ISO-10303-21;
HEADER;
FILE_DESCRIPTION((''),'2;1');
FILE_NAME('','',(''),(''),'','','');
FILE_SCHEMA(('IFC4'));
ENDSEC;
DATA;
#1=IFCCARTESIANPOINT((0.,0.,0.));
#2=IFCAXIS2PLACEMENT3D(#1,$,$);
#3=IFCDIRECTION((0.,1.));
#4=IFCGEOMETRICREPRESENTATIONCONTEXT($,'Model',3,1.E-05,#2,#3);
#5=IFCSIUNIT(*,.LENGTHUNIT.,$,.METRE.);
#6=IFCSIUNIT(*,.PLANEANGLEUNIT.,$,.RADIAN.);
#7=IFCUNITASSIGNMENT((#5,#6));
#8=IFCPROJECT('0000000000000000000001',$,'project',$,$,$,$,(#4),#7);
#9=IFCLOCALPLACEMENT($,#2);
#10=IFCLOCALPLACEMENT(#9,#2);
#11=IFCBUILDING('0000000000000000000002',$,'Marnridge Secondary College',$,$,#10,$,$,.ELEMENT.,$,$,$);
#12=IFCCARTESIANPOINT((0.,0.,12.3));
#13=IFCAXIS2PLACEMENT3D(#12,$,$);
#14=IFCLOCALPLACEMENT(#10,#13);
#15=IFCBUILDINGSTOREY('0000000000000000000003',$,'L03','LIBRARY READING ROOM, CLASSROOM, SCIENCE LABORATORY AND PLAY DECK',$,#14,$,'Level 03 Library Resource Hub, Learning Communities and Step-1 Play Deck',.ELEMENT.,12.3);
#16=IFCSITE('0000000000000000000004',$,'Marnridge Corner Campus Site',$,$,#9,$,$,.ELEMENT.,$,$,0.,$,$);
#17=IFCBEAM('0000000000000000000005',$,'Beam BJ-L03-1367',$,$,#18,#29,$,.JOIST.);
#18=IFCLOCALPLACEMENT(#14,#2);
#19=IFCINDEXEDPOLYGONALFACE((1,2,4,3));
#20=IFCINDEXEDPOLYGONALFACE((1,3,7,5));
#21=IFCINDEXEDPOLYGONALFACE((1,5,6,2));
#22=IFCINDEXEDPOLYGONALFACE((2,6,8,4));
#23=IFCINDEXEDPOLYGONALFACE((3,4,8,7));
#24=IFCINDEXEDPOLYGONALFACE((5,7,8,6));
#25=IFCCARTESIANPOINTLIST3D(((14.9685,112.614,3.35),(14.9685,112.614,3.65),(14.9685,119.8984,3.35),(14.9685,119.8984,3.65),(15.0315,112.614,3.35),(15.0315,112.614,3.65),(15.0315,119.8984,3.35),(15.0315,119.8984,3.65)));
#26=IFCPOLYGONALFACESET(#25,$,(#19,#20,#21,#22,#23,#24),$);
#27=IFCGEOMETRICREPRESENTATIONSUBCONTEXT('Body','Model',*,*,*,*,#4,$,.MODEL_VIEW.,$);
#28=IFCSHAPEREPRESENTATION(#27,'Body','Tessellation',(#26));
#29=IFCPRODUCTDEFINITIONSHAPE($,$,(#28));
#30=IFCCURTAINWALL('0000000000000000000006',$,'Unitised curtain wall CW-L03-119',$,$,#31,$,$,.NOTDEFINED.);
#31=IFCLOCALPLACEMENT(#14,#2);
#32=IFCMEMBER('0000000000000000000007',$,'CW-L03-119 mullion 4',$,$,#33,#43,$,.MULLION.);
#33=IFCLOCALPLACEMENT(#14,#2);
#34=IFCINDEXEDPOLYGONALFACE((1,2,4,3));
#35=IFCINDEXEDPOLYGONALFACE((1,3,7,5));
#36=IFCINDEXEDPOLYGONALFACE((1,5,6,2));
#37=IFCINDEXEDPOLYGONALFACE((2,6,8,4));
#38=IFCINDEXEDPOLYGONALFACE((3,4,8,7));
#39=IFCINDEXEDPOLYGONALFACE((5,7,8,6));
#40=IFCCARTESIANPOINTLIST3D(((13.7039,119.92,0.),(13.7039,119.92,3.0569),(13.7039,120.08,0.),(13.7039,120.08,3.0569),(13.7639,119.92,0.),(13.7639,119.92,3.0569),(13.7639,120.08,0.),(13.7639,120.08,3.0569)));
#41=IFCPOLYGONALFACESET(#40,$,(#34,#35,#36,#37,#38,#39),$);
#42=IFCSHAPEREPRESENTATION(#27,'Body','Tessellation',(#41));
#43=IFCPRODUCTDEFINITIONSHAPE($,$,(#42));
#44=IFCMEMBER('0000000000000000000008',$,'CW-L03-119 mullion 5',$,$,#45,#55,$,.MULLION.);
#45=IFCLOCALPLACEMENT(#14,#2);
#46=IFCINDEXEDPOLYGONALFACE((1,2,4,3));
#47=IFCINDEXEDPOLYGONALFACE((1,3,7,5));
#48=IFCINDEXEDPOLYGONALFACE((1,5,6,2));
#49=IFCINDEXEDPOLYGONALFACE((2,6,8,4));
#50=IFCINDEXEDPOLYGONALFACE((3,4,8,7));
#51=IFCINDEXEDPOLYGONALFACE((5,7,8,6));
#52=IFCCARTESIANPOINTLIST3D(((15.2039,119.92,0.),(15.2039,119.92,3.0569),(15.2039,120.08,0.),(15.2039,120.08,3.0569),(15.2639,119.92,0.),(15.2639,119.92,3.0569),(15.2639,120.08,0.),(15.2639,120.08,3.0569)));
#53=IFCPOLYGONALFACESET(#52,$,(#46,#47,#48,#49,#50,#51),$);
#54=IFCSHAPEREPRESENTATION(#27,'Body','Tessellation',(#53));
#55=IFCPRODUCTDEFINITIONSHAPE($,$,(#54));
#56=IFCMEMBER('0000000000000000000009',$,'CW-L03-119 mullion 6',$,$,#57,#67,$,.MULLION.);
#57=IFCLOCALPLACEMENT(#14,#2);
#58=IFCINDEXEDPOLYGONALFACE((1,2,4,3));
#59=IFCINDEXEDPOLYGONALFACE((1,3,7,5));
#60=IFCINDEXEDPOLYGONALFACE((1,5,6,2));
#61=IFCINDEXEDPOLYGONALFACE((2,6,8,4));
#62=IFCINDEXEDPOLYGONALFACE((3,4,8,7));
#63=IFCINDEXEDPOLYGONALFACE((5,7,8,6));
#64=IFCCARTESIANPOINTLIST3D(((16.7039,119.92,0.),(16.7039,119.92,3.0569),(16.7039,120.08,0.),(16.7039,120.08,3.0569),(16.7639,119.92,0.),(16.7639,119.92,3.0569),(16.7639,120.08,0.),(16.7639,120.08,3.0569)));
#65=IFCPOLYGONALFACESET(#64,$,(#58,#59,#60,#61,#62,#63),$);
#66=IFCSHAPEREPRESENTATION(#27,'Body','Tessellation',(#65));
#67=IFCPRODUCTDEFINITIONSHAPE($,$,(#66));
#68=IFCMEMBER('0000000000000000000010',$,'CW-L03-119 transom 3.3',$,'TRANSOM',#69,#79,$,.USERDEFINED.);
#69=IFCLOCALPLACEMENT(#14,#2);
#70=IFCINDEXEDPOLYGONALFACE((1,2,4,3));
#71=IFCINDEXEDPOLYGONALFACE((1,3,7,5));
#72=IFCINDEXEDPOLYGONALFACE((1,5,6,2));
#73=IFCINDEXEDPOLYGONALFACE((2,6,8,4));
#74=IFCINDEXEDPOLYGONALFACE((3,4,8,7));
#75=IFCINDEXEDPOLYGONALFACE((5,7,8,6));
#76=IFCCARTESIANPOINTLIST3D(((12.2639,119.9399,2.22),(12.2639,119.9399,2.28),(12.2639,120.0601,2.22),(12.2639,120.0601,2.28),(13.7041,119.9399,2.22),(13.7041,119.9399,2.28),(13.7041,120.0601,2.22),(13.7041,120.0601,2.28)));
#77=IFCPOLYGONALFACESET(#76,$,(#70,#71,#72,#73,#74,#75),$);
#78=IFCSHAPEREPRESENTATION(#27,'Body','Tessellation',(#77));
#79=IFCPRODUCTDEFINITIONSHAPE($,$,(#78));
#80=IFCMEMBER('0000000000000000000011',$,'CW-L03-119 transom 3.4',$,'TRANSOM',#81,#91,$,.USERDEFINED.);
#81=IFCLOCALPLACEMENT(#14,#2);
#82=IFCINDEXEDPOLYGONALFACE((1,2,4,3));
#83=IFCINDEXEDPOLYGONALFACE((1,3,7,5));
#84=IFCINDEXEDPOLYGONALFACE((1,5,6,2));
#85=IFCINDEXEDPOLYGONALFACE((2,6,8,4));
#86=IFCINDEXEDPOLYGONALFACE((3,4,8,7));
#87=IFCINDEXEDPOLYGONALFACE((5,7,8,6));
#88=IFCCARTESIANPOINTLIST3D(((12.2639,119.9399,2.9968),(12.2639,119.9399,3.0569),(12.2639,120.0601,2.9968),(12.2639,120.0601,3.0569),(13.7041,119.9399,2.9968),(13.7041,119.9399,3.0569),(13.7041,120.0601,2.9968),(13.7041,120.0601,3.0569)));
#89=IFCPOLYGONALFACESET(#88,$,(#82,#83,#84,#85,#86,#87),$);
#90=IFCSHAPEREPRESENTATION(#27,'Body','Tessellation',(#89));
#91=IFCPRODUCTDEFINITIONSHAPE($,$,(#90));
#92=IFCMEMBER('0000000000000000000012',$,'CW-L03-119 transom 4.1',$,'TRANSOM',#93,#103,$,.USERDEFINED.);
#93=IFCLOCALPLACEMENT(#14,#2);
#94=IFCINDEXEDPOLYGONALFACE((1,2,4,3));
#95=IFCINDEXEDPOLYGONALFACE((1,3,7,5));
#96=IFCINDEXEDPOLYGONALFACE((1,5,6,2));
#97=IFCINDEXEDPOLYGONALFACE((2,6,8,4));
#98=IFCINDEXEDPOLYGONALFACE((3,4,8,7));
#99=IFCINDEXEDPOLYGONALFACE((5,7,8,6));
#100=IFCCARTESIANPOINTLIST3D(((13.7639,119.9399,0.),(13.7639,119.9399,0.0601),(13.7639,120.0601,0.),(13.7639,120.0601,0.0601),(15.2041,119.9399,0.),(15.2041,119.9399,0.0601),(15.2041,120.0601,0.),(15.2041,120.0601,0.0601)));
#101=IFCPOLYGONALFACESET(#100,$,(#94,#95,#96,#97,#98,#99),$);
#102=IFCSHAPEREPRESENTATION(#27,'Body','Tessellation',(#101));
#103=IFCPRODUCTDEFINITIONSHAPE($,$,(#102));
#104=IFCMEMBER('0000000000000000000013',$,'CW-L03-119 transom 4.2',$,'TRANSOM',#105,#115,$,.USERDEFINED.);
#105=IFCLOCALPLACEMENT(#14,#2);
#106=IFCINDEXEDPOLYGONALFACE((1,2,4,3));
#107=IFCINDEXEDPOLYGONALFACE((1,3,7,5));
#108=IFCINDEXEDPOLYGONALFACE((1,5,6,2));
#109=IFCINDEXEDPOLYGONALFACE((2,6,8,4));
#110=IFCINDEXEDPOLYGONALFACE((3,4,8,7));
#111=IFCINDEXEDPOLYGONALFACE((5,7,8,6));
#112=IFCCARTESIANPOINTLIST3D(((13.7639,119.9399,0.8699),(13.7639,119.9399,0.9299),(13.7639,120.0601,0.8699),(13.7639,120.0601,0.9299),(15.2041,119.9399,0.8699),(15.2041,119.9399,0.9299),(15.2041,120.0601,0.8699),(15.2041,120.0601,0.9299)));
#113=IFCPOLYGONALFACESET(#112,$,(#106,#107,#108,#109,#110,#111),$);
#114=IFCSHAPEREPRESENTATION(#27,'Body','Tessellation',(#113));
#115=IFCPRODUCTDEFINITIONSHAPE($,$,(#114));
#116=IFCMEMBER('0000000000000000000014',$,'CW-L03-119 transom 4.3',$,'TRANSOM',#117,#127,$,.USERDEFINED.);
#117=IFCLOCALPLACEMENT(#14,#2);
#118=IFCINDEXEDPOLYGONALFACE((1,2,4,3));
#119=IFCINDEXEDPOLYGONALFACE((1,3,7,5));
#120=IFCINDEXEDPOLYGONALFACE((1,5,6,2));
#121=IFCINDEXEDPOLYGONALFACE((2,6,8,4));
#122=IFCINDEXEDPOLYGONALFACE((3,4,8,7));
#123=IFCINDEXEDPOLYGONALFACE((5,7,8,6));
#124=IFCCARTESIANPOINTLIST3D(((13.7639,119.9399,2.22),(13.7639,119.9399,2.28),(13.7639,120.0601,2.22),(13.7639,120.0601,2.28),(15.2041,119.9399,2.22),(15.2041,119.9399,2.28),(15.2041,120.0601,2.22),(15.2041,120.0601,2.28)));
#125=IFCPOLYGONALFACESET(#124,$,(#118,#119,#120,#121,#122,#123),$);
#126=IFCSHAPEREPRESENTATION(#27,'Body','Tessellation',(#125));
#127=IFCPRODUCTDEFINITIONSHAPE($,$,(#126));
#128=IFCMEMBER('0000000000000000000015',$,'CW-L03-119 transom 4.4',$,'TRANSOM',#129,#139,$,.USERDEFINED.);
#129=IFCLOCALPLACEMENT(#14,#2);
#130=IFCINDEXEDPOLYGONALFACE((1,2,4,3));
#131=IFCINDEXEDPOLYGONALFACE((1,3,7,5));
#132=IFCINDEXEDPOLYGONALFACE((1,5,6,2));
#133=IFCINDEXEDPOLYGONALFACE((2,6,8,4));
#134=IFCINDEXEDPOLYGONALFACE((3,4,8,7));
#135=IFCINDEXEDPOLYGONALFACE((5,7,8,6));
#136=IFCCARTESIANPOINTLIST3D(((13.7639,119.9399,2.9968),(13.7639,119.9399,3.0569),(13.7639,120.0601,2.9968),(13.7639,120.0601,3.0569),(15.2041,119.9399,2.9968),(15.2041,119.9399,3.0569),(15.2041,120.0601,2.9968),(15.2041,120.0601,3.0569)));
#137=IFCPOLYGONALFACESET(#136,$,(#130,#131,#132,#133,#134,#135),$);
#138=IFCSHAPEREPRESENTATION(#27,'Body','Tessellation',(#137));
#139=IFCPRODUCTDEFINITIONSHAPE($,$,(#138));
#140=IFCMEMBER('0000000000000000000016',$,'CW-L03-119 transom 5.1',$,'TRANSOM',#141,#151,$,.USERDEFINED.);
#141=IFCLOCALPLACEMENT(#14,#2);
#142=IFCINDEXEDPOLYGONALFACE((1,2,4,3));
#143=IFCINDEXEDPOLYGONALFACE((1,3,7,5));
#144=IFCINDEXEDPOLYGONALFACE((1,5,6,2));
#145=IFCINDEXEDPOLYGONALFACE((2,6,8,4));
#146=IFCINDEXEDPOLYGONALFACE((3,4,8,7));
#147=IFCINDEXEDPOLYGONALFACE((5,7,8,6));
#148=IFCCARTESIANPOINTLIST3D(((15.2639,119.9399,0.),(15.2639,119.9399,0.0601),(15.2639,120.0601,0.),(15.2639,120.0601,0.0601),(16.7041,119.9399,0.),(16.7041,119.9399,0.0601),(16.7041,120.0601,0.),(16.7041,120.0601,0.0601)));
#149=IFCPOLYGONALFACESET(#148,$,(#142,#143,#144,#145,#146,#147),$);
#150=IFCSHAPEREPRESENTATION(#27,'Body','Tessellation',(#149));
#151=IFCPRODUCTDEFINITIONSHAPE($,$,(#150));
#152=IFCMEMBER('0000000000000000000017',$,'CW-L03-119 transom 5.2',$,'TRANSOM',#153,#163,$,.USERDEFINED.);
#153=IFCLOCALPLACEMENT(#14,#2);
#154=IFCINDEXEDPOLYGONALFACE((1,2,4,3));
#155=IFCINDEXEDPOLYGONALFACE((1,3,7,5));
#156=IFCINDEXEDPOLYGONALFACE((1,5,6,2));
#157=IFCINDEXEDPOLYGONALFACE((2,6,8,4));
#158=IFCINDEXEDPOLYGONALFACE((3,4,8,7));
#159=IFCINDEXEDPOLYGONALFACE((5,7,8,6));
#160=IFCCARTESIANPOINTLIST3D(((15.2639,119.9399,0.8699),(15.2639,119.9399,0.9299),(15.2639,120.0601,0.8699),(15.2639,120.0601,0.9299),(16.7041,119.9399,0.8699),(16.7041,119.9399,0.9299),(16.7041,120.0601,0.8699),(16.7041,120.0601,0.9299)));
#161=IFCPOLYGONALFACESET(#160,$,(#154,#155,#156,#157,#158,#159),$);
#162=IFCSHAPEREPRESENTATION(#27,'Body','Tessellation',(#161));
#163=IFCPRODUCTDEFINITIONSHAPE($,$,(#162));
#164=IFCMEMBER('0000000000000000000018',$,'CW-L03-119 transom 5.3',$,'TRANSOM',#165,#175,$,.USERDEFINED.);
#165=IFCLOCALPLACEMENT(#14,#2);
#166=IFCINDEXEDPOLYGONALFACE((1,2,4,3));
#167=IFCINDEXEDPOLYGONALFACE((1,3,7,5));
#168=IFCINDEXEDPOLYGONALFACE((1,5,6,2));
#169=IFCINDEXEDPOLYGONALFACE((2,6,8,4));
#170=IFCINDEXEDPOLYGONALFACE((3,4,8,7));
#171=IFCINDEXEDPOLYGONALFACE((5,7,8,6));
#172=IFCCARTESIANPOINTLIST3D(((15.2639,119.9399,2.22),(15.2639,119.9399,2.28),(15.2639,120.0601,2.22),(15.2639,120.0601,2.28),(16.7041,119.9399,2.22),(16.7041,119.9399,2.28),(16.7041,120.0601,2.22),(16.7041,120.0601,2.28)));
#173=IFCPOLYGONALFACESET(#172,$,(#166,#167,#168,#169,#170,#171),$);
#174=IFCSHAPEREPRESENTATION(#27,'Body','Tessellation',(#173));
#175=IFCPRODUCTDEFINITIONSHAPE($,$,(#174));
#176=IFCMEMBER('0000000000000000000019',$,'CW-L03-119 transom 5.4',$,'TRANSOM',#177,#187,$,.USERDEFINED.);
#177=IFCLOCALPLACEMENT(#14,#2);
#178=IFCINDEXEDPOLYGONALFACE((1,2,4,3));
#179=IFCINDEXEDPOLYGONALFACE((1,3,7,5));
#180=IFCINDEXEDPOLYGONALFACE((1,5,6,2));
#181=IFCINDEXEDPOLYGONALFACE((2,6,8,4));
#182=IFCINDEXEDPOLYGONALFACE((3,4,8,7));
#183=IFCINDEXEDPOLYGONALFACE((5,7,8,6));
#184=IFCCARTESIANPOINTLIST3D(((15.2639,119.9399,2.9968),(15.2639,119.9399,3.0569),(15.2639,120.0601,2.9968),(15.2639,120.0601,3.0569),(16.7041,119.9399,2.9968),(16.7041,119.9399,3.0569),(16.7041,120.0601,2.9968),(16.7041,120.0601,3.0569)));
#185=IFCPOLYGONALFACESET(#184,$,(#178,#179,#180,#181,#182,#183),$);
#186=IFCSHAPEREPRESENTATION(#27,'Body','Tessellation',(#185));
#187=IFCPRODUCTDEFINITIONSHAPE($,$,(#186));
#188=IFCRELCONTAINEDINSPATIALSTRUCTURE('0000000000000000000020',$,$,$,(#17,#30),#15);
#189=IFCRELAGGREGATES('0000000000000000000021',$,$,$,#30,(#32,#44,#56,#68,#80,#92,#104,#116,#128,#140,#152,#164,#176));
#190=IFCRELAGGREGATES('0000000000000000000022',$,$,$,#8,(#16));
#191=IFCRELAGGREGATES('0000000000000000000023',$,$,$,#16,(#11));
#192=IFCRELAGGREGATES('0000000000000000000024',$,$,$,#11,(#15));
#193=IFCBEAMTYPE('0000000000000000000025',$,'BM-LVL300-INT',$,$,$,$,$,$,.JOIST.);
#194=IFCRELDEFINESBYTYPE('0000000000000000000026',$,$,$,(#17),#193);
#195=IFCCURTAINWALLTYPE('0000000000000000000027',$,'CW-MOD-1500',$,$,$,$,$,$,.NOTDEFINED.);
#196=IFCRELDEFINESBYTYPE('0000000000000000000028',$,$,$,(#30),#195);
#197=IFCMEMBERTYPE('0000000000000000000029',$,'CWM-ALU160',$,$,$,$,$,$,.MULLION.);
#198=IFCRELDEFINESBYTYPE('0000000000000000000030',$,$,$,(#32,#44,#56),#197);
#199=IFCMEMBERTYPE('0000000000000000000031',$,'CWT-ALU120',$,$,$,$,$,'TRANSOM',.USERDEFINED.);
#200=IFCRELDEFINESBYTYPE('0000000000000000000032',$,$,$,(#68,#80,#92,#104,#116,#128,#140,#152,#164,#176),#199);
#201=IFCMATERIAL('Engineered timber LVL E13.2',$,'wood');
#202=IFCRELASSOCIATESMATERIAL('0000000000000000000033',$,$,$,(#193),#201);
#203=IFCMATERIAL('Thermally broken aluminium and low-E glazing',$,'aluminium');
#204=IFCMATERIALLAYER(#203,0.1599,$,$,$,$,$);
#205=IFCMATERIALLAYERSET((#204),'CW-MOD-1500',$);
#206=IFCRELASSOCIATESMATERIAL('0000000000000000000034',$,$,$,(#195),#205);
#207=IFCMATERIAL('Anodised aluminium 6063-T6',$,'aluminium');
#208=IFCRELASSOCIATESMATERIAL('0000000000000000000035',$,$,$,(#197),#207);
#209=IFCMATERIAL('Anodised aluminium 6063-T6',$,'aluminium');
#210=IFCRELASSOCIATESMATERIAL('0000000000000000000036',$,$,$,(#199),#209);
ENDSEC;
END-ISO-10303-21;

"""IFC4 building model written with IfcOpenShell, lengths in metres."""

from ifc_helpers import new_model, si_unit, direction, frame, origin, origin_2d, place, context, subcontext, project, spatial, rectangle, extrude, material, layer, layer_set, material_profile, profile_set, type_object, element, aggregate, save


model = new_model("IFC4")

# Units and contexts
model_context = context("Model", 3, precision=1e-05, world=origin(), true_north=direction((0.0, 1.0)))
body_context = subcontext(model_context, "Body", "Model", "MODEL_VIEW")
ifc_project = project(units=[si_unit("LENGTHUNIT", "METRE"), si_unit("PLANEANGLEUNIT", "RADIAN")], contexts=[model_context])

# Site, building, storey
site_placement = place(None, origin())
site = spatial("IfcSite", under=ifc_project, at=site_placement, Name="Marnridge Corner Campus Site", CompositionType="ELEMENT", RefElevation=0.0)
building_placement = place(site_placement, origin())
building = spatial("IfcBuilding", under=site, at=building_placement, Name="Marnridge Secondary College", CompositionType="ELEMENT")
storey_placement = place(building_placement, frame((0.0, 0.0, 12.3)))
storey = spatial("IfcBuildingStorey", under=building, at=storey_placement, Name="L03", Description="LIBRARY READING ROOM, CLASSROOM, SCIENCE LABORATORY AND PLAY DECK", LongName="Level 03 Library Resource Hub, Learning Communities and Step-1 Play Deck", CompositionType="ELEMENT", Elevation=12.3)

# Beam
ifc_material_1 = material(Name="Engineered timber LVL E13.2", Category="wood")
ifc_material_profile_1 = material_profile(ifc_material_1, rectangle(XDim=0.063, YDim=0.3, at=origin_2d()), Name="LVL 63x300")
ifc_profile_set_1 = profile_set([ifc_material_profile_1], Name="Engineered timber LVL E13.2")
beam_type = type_object("IfcBeamType", Name="BM-LVL300-INT", PredefinedType="JOIST", material=ifc_profile_set_1)
beam_placement = place(storey_placement, frame((15.0, 112.614, 3.5), z_axis=(0.0, 1.0, 0.0), x_axis=(-1.0, 0.0, 0.0)))
element("IfcBeam", 1, at=beam_placement, inside=storey, type_object=beam_type, Name="Beam BJ-L03-1367", PredefinedType="JOIST", context=body_context, shape_type="SweptSolid", body=[
    extrude(rectangle(XDim=0.063, YDim=0.3, at=origin_2d()), origin(), (0.0, 0.0, 1.0), 7.2844),
])

# Curtain wall, members
ifc_material_2 = material(Name="Thermally broken aluminium and low-E glazing", Category="aluminium")
ifc_layer_1 = layer(ifc_material_2, 0.1599)
ifc_layer_set_1 = layer_set([ifc_layer_1], Name="CW-MOD-1500")
curtain_wall_type = type_object("IfcCurtainWallType", Name="CW-MOD-1500", PredefinedType="NOTDEFINED", material=ifc_layer_set_1)
curtain_wall_placement = place(storey_placement, origin())
curtain_wall = element("IfcCurtainWall", 2, at=curtain_wall_placement, inside=storey, type_object=curtain_wall_type, Name="Unitised curtain wall CW-L03-119", PredefinedType="NOTDEFINED")
ifc_material_3 = material(Name="Anodised aluminium 6063-T6", Category="aluminium")
ifc_material_profile_2 = material_profile(ifc_material_3, rectangle(XDim=0.0601, YDim=0.1599, at=origin_2d()), Name="ALU 60x160")
ifc_profile_set_2 = profile_set([ifc_material_profile_2], Name="Anodised aluminium 6063-T6")
member_type_1 = type_object("IfcMemberType", Name="CWM-ALU160", PredefinedType="MULLION", material=ifc_profile_set_2)
member_1_placement = place(storey_placement, frame((13.7339, 120.0, 0.0), z_axis=(0.0, 0.0, 1.0), x_axis=(1.0, 0.0, 0.0)))
member_1 = element("IfcMember", 3, at=member_1_placement, type_object=member_type_1, Name="CW-L03-119 mullion 4", PredefinedType="MULLION", context=body_context, shape_type="SweptSolid", body=[
    extrude(rectangle(XDim=0.0601, YDim=0.1599, at=origin_2d()), origin(), (0.0, 0.0, 1.0), 3.0569),
])
member_2_placement = place(storey_placement, frame((15.2339, 120.0, 0.0), z_axis=(0.0, 0.0, 1.0), x_axis=(1.0, 0.0, 0.0)))
member_2 = element("IfcMember", 4, at=member_2_placement, type_object=member_type_1, Name="CW-L03-119 mullion 5", PredefinedType="MULLION", context=body_context, shape_type="SweptSolid", body=[
    extrude(rectangle(XDim=0.0601, YDim=0.1599, at=origin_2d()), origin(), (0.0, 0.0, 1.0), 3.0569),
])
member_3_placement = place(storey_placement, frame((16.7339, 120.0, 0.0), z_axis=(0.0, 0.0, 1.0), x_axis=(1.0, 0.0, 0.0)))
member_3 = element("IfcMember", 5, at=member_3_placement, type_object=member_type_1, Name="CW-L03-119 mullion 6", PredefinedType="MULLION", context=body_context, shape_type="SweptSolid", body=[
    extrude(rectangle(XDim=0.0601, YDim=0.1599, at=origin_2d()), origin(), (0.0, 0.0, 1.0), 3.0569),
])
ifc_material_4 = material(Name="Anodised aluminium 6063-T6", Category="aluminium")
ifc_material_profile_3 = material_profile(ifc_material_4, rectangle(XDim=0.0601, YDim=0.1201, at=origin_2d()), Name="ALU 60x120")
ifc_profile_set_3 = profile_set([ifc_material_profile_3], Name="Anodised aluminium 6063-T6")
member_type_2 = type_object("IfcMemberType", Name="CWT-ALU120", ElementType="TRANSOM", PredefinedType="USERDEFINED", material=ifc_profile_set_3)
member_4_placement = place(storey_placement, frame((12.2639, 120.0, 2.25), z_axis=(1.0, 0.0, 0.0), x_axis=(0.0, 0.0, 1.0)))
member_4 = element("IfcMember", 6, at=member_4_placement, type_object=member_type_2, Name="CW-L03-119 transom 3.3", ObjectType="TRANSOM", PredefinedType="USERDEFINED", context=body_context, shape_type="SweptSolid", body=[
    extrude(rectangle(XDim=0.0601, YDim=0.1201, at=origin_2d()), origin(), (0.0, 0.0, 1.0), 1.4402),
])
member_5_placement = place(storey_placement, frame((12.2639, 120.0, 3.0269), z_axis=(1.0, 0.0, 0.0), x_axis=(0.0, 0.0, 1.0)))
member_5 = element("IfcMember", 7, at=member_5_placement, type_object=member_type_2, Name="CW-L03-119 transom 3.4", ObjectType="TRANSOM", PredefinedType="USERDEFINED", context=body_context, shape_type="SweptSolid", body=[
    extrude(rectangle(XDim=0.0601, YDim=0.1201, at=origin_2d()), origin(), (0.0, 0.0, 1.0), 1.4402),
])
member_6_placement = place(storey_placement, frame((13.7639, 120.0, 0.03), z_axis=(1.0, 0.0, 0.0), x_axis=(0.0, 0.0, 1.0)))
member_6 = element("IfcMember", 8, at=member_6_placement, type_object=member_type_2, Name="CW-L03-119 transom 4.1", ObjectType="TRANSOM", PredefinedType="USERDEFINED", context=body_context, shape_type="SweptSolid", body=[
    extrude(rectangle(XDim=0.0601, YDim=0.1201, at=origin_2d()), origin(), (0.0, 0.0, 1.0), 1.4402),
])
member_7_placement = place(storey_placement, frame((13.7639, 120.0, 0.8999), z_axis=(1.0, 0.0, 0.0), x_axis=(0.0, 0.0, 1.0)))
member_7 = element("IfcMember", 9, at=member_7_placement, type_object=member_type_2, Name="CW-L03-119 transom 4.2", ObjectType="TRANSOM", PredefinedType="USERDEFINED", context=body_context, shape_type="SweptSolid", body=[
    extrude(rectangle(XDim=0.0601, YDim=0.1201, at=origin_2d()), origin(), (0.0, 0.0, 1.0), 1.4402),
])
member_8_placement = place(storey_placement, frame((13.7639, 120.0, 2.25), z_axis=(1.0, 0.0, 0.0), x_axis=(0.0, 0.0, 1.0)))
member_8 = element("IfcMember", 10, at=member_8_placement, type_object=member_type_2, Name="CW-L03-119 transom 4.3", ObjectType="TRANSOM", PredefinedType="USERDEFINED", context=body_context, shape_type="SweptSolid", body=[
    extrude(rectangle(XDim=0.0601, YDim=0.1201, at=origin_2d()), origin(), (0.0, 0.0, 1.0), 1.4402),
])
member_9_placement = place(storey_placement, frame((13.7639, 120.0, 3.0269), z_axis=(1.0, 0.0, 0.0), x_axis=(0.0, 0.0, 1.0)))
member_9 = element("IfcMember", 11, at=member_9_placement, type_object=member_type_2, Name="CW-L03-119 transom 4.4", ObjectType="TRANSOM", PredefinedType="USERDEFINED", context=body_context, shape_type="SweptSolid", body=[
    extrude(rectangle(XDim=0.0601, YDim=0.1201, at=origin_2d()), origin(), (0.0, 0.0, 1.0), 1.4402),
])
member_10_placement = place(storey_placement, frame((15.2639, 120.0, 0.03), z_axis=(1.0, 0.0, 0.0), x_axis=(0.0, 0.0, 1.0)))
member_10 = element("IfcMember", 12, at=member_10_placement, type_object=member_type_2, Name="CW-L03-119 transom 5.1", ObjectType="TRANSOM", PredefinedType="USERDEFINED", context=body_context, shape_type="SweptSolid", body=[
    extrude(rectangle(XDim=0.0601, YDim=0.1201, at=origin_2d()), origin(), (0.0, 0.0, 1.0), 1.4402),
])
member_11_placement = place(storey_placement, frame((15.2639, 120.0, 0.8999), z_axis=(1.0, 0.0, 0.0), x_axis=(0.0, 0.0, 1.0)))
member_11 = element("IfcMember", 13, at=member_11_placement, type_object=member_type_2, Name="CW-L03-119 transom 5.2", ObjectType="TRANSOM", PredefinedType="USERDEFINED", context=body_context, shape_type="SweptSolid", body=[
    extrude(rectangle(XDim=0.0601, YDim=0.1201, at=origin_2d()), origin(), (0.0, 0.0, 1.0), 1.4402),
])
member_12_placement = place(storey_placement, frame((15.2639, 120.0, 2.25), z_axis=(1.0, 0.0, 0.0), x_axis=(0.0, 0.0, 1.0)))
member_12 = element("IfcMember", 14, at=member_12_placement, type_object=member_type_2, Name="CW-L03-119 transom 5.3", ObjectType="TRANSOM", PredefinedType="USERDEFINED", context=body_context, shape_type="SweptSolid", body=[
    extrude(rectangle(XDim=0.0601, YDim=0.1201, at=origin_2d()), origin(), (0.0, 0.0, 1.0), 1.4402),
])
member_13_placement = place(storey_placement, frame((15.2639, 120.0, 3.0269), z_axis=(1.0, 0.0, 0.0), x_axis=(0.0, 0.0, 1.0)))
member_13 = element("IfcMember", 15, at=member_13_placement, type_object=member_type_2, Name="CW-L03-119 transom 5.4", ObjectType="TRANSOM", PredefinedType="USERDEFINED", context=body_context, shape_type="SweptSolid", body=[
    extrude(rectangle(XDim=0.0601, YDim=0.1201, at=origin_2d()), origin(), (0.0, 0.0, 1.0), 1.4402),
])
aggregate(curtain_wall, [member_1, member_2, member_3, member_4, member_5, member_6, member_7, member_8, member_9, member_10, member_11, member_12, member_13])

save(model, "model.ifc")
